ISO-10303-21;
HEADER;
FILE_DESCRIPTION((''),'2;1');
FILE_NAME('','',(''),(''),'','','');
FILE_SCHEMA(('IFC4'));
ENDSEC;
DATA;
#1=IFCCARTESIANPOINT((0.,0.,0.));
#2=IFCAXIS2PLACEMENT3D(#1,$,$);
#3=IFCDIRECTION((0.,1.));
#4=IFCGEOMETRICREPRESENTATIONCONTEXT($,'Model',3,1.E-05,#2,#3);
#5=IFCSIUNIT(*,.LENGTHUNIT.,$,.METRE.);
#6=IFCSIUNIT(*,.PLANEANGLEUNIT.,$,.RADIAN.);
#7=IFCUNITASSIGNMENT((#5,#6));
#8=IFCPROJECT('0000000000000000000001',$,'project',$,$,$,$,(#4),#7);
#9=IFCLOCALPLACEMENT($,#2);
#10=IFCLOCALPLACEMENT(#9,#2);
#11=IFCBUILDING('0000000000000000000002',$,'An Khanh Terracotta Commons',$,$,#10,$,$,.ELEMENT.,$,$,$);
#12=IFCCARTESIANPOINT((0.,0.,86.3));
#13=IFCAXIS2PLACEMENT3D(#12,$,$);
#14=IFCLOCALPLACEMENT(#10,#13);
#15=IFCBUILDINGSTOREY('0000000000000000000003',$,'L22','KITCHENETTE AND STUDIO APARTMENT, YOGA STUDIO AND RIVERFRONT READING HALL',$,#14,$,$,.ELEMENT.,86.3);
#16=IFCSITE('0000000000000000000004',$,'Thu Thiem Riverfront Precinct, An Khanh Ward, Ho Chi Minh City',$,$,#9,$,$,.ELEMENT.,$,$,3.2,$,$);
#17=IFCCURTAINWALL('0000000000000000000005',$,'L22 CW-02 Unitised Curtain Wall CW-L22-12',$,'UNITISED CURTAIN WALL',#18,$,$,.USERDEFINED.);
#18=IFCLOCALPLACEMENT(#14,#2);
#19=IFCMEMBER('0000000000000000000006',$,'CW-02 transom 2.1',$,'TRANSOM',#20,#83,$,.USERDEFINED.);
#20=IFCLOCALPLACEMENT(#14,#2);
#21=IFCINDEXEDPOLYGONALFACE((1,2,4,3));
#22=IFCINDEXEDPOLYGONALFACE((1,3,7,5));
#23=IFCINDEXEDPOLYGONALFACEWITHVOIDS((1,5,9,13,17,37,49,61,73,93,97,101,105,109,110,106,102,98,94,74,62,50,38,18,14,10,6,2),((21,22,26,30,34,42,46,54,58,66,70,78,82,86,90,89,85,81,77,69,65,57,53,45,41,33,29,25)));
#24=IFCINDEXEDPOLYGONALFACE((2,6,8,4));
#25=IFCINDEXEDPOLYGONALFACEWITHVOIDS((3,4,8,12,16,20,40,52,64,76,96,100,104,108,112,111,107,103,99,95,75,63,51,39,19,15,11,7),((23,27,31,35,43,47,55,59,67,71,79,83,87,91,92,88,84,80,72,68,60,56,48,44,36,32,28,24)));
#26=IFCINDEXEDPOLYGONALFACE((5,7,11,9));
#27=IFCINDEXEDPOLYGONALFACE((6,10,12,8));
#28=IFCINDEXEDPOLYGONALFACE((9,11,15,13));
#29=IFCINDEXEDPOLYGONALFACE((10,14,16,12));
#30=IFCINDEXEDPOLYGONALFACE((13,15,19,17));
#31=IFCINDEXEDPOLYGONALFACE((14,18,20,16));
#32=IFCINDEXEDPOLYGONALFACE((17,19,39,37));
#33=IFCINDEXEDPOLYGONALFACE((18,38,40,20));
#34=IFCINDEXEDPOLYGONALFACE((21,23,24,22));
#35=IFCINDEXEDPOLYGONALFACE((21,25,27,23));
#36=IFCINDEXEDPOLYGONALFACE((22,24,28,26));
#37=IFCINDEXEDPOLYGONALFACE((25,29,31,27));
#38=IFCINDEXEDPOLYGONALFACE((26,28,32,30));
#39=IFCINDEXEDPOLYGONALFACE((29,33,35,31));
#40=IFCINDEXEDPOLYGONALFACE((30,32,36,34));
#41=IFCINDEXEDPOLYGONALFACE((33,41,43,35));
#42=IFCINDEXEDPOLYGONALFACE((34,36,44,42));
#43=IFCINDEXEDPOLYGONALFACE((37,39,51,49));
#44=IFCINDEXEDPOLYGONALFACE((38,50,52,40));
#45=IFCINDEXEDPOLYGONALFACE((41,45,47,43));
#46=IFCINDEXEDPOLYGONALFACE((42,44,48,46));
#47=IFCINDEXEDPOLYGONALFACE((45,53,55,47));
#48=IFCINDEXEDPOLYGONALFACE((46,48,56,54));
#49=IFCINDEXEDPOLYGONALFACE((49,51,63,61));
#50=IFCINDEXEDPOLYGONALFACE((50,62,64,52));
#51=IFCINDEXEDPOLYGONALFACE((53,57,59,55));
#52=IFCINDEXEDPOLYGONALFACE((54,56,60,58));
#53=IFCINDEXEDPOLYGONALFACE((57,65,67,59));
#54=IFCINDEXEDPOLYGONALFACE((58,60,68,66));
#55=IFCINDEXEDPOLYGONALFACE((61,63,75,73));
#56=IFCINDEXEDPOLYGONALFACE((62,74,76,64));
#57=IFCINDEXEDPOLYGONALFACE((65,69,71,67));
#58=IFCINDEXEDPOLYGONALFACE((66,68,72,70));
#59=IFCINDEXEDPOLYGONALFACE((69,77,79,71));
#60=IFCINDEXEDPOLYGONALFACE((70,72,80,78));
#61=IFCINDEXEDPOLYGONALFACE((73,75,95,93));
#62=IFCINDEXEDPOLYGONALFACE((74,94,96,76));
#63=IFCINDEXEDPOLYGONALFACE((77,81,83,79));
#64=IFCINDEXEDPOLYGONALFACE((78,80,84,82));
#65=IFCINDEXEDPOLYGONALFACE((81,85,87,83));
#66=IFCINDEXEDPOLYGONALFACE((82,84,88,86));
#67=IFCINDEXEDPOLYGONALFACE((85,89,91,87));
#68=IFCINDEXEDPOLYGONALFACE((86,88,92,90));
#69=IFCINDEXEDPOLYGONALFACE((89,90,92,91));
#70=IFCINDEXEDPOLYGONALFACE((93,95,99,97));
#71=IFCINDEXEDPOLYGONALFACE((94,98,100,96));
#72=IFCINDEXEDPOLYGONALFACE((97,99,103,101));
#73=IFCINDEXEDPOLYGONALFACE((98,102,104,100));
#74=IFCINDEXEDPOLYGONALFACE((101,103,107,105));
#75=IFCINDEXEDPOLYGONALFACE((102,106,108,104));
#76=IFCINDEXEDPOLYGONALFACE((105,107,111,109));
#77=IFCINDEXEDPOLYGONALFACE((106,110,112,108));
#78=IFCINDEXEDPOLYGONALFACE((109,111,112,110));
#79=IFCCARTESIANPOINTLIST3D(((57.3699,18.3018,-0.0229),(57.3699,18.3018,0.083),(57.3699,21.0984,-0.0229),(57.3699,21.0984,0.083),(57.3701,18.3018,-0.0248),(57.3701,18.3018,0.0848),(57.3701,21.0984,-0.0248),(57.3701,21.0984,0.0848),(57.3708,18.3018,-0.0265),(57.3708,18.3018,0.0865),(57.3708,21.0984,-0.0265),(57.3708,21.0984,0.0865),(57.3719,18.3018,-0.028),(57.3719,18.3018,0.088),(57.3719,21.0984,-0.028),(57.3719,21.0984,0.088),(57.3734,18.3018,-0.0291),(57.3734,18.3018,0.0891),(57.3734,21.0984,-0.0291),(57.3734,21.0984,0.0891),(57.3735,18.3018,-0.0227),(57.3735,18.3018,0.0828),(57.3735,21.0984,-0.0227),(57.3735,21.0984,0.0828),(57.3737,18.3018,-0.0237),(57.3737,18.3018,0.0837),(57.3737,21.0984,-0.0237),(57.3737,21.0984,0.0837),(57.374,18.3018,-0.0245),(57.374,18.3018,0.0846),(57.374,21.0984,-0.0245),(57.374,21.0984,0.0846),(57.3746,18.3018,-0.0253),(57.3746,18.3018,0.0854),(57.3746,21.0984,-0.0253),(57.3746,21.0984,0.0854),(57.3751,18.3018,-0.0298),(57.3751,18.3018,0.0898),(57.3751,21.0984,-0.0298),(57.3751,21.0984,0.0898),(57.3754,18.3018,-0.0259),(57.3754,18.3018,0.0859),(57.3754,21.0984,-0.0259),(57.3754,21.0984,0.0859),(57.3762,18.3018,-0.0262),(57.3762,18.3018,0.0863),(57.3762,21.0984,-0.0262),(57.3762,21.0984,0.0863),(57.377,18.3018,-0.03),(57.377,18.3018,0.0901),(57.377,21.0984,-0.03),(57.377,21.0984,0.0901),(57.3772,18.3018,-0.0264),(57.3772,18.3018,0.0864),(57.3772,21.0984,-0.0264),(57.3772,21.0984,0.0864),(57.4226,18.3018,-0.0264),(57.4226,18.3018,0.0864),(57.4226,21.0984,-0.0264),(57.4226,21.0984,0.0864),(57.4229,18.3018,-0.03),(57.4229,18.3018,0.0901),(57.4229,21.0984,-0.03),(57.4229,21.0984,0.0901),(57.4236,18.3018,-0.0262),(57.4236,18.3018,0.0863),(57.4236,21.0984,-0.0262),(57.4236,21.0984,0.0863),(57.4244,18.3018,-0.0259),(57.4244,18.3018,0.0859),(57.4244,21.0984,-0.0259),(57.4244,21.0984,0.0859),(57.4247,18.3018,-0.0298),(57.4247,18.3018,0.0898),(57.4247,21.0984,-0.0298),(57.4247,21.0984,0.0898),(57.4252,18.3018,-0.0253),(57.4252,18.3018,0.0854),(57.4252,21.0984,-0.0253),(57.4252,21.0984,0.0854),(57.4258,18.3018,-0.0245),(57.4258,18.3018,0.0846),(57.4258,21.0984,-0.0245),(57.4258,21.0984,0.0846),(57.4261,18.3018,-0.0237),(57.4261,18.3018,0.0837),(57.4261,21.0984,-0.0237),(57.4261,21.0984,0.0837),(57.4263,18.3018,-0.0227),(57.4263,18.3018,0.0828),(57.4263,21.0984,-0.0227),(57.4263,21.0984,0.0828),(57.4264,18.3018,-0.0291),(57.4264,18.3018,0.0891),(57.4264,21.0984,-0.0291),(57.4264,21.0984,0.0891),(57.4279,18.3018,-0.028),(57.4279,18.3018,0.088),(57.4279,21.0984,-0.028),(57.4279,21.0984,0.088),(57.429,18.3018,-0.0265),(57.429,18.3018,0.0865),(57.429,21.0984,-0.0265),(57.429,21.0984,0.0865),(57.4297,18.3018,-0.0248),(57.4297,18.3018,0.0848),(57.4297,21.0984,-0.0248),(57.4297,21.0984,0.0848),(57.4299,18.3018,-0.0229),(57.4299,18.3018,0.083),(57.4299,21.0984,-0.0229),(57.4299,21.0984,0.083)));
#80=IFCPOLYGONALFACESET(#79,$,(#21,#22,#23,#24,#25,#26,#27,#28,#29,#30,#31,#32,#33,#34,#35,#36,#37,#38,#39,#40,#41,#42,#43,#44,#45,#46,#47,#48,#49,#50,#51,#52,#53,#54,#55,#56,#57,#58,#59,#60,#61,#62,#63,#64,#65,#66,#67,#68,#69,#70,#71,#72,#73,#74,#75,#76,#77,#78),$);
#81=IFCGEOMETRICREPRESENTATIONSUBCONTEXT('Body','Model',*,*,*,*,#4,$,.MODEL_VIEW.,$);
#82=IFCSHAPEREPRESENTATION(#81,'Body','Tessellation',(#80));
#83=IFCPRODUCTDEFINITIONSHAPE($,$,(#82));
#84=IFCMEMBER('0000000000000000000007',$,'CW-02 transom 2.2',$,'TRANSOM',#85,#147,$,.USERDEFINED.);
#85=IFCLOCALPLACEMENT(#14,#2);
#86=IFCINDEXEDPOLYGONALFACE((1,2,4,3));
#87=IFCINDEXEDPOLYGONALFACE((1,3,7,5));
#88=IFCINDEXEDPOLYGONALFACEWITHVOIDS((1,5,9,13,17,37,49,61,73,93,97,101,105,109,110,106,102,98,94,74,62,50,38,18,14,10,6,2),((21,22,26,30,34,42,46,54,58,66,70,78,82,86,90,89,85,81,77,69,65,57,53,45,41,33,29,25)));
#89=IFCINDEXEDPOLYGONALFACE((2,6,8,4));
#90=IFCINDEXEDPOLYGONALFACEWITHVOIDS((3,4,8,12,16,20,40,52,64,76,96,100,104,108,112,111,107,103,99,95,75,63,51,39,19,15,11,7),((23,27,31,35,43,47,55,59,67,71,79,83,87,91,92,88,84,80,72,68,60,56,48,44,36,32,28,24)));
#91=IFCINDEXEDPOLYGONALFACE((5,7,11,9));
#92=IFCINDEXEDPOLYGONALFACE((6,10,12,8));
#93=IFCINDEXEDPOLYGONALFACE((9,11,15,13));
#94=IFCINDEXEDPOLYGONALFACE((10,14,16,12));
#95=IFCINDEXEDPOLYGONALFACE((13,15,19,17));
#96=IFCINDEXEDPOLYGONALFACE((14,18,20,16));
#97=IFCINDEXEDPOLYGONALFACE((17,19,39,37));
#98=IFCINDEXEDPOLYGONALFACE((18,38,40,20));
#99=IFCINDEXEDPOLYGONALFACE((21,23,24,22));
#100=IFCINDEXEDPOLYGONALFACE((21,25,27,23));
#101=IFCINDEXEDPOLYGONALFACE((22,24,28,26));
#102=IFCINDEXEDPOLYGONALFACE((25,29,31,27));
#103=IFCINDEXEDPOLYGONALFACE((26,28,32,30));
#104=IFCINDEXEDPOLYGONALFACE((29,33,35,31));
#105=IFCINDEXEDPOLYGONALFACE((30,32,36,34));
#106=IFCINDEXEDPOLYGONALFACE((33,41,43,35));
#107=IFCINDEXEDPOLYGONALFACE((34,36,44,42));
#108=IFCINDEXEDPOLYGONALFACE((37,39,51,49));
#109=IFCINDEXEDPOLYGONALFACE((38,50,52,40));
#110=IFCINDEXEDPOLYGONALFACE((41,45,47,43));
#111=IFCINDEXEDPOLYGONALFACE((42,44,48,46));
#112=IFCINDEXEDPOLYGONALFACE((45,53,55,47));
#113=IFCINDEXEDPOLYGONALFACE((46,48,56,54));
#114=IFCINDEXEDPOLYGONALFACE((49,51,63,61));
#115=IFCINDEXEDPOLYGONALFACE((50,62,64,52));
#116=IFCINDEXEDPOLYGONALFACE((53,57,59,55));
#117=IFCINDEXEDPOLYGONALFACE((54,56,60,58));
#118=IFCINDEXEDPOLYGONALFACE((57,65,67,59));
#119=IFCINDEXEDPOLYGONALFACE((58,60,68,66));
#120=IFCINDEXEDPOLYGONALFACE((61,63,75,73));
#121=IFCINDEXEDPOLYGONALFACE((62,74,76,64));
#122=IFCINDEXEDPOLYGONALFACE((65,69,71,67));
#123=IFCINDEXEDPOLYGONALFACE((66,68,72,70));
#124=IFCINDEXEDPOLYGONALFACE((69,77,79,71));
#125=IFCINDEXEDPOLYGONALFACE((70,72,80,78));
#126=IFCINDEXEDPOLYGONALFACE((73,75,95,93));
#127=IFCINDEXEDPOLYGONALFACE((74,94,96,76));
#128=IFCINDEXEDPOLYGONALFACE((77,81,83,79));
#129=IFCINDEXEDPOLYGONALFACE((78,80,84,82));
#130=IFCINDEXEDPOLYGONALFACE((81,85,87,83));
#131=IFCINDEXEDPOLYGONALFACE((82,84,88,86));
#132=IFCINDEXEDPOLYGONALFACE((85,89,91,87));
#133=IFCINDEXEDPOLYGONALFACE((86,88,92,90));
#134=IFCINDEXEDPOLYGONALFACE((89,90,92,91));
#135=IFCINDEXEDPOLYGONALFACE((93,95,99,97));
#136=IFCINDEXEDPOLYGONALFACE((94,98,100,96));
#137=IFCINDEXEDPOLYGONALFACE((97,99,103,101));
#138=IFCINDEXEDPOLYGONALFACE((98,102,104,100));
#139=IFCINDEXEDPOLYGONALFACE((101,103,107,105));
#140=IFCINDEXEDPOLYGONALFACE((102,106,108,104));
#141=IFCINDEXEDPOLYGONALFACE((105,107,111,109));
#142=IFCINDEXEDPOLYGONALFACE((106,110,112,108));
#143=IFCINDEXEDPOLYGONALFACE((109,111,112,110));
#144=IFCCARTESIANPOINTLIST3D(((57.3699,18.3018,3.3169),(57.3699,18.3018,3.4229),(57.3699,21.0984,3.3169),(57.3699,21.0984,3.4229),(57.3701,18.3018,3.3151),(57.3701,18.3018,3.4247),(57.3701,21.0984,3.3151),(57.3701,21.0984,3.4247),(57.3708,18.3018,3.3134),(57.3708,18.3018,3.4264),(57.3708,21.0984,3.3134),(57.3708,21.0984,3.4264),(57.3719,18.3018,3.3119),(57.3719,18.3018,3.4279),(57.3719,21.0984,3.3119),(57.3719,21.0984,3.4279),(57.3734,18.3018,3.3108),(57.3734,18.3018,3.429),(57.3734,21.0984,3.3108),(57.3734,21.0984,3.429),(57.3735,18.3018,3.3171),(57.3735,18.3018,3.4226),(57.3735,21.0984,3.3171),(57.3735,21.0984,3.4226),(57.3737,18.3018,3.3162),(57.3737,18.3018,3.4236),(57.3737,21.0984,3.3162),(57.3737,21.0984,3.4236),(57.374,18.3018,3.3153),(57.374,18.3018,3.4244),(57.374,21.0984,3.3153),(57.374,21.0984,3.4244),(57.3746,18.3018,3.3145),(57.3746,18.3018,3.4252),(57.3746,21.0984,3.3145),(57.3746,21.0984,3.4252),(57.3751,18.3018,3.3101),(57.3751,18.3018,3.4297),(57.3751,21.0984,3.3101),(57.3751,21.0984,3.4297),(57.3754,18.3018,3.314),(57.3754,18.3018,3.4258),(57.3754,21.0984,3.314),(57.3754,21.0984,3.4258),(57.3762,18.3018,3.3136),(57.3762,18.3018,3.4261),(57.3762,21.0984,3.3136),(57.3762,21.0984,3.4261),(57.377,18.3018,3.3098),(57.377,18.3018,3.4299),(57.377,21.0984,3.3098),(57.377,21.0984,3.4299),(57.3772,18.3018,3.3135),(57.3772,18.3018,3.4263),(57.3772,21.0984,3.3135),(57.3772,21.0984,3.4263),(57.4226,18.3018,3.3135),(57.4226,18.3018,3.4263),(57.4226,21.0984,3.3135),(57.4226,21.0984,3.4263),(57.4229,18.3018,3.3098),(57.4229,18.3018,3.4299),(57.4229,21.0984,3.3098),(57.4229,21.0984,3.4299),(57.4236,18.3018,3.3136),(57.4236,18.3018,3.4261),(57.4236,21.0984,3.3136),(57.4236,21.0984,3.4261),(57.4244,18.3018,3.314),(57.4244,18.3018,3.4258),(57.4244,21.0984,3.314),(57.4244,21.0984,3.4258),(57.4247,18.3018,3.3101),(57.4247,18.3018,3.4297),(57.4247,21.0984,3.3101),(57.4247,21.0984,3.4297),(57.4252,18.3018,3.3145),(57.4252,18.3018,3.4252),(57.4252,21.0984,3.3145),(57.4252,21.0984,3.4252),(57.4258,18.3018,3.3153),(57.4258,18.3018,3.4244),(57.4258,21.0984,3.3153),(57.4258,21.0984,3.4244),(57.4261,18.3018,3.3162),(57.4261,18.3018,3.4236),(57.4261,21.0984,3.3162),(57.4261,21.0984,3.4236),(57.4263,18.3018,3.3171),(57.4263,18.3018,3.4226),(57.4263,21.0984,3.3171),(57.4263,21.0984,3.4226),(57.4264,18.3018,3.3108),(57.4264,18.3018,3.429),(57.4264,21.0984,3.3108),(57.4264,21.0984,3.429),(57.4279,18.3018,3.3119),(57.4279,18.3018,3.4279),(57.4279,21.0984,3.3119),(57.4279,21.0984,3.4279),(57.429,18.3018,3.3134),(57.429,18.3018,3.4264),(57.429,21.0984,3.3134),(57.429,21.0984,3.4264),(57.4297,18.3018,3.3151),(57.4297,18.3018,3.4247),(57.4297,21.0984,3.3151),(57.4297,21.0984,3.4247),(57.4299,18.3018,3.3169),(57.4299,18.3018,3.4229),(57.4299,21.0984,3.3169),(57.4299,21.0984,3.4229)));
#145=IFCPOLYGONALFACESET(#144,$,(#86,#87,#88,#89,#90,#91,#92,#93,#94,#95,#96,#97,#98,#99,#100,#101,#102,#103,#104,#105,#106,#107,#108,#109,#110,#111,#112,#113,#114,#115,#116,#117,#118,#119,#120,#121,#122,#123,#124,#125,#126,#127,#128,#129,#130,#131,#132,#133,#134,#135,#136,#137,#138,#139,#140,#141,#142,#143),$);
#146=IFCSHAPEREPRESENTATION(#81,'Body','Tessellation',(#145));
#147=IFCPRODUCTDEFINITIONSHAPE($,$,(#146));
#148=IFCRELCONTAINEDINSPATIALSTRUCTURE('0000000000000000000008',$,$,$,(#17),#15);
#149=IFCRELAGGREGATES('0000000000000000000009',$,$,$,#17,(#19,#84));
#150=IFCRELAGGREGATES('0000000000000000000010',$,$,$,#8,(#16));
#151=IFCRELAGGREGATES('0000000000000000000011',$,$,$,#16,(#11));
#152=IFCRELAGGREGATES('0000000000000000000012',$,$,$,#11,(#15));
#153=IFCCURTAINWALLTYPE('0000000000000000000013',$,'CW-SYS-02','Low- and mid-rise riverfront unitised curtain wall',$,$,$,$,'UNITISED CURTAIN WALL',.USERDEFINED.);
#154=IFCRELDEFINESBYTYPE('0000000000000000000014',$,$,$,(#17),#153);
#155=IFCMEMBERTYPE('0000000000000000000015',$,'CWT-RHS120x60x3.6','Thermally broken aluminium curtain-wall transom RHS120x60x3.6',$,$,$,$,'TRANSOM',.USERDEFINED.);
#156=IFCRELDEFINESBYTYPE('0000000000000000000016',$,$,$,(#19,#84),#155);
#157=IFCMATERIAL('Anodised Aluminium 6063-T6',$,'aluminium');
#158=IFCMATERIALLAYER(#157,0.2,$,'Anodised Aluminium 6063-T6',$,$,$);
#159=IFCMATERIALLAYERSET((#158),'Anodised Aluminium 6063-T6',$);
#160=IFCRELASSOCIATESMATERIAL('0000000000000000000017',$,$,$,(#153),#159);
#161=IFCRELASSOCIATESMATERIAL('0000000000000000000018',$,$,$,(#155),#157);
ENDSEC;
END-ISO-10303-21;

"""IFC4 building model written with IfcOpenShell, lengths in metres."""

from ifc_helpers import new_model, si_unit, direction, frame, origin, origin_2d, place, context, subcontext, project, spatial, hollow_rectangle, extrude, material, layer, layer_set, material_profile, profile_set, type_object, element, aggregate, save


model = new_model("IFC4")

# Units and contexts
model_context = context("Model", 3, precision=1e-05, world=origin(), true_north=direction((0.0, 1.0)))
body_context = subcontext(model_context, "Body", "Model", "MODEL_VIEW")
ifc_project = project(units=[si_unit("LENGTHUNIT", "METRE"), si_unit("PLANEANGLEUNIT", "RADIAN")], contexts=[model_context])

# Site, building, storey
site_placement = place(None, origin())
site = spatial("IfcSite", under=ifc_project, at=site_placement, Name="Thu Thiem Riverfront Precinct, An Khanh Ward, Ho Chi Minh City", CompositionType="ELEMENT", RefElevation=3.2)
building_placement = place(site_placement, origin())
building = spatial("IfcBuilding", under=site, at=building_placement, Name="An Khanh Terracotta Commons", CompositionType="ELEMENT")
storey_placement = place(building_placement, frame((0.0, 0.0, 86.3)))
storey = spatial("IfcBuildingStorey", under=building, at=storey_placement, Name="L22", Description="KITCHENETTE AND STUDIO APARTMENT, YOGA STUDIO AND RIVERFRONT READING HALL", CompositionType="ELEMENT", Elevation=86.3)

# Curtain wall
ifc_material_1 = material(Name="Anodised Aluminium 6063-T6", Category="aluminium")
ifc_layer_1 = layer(ifc_material_1, 0.2, Name="Anodised Aluminium 6063-T6")
ifc_layer_set_1 = layer_set([ifc_layer_1], Name="Anodised Aluminium 6063-T6")
curtain_wall_type = type_object("IfcCurtainWallType", Name="CW-SYS-02", Description="Low- and mid-rise riverfront unitised curtain wall", ElementType="UNITISED CURTAIN WALL", PredefinedType="USERDEFINED", material=ifc_layer_set_1)
curtain_wall_1_placement = place(storey_placement, origin())
curtain_wall_1 = element("IfcCurtainWall", 1, at=curtain_wall_1_placement, inside=storey, type_object=curtain_wall_type, Name="L22 CW-02 Unitised Curtain Wall CW-L22-12", ObjectType="UNITISED CURTAIN WALL", PredefinedType="USERDEFINED")

# Members
ifc_material_profile_1 = material_profile(ifc_material_1, hollow_rectangle(XDim=0.0601, YDim=0.1201, WallThickness=0.0037, InnerFilletRadius=0.0037, OuterFilletRadius=0.0071, at=origin_2d()), Name="RHS120x60x3.6")
ifc_profile_set_1 = profile_set([ifc_material_profile_1], Name="Anodised Aluminium 6063-T6")
member_type_1 = type_object("IfcMemberType", Name="CWT-RHS120x60x3.6", Description="Thermally broken aluminium curtain-wall transom RHS120x60x3.6", ElementType="TRANSOM", PredefinedType="USERDEFINED", material=ifc_profile_set_1)
member_1_placement = place(storey_placement, frame((57.3999, 18.3018, 0.03), z_axis=(0.0, 1.0, 0.0), x_axis=(-1.0, 0.0, 0.0)))
member_1 = element("IfcMember", 2, at=member_1_placement, type_object=member_type_1, Name="CW-02 transom 2.1", ObjectType="TRANSOM", PredefinedType="USERDEFINED", context=body_context, shape_type="SweptSolid", body=[
    extrude(hollow_rectangle(XDim=0.0601, YDim=0.1201, WallThickness=0.0037, InnerFilletRadius=0.0037, OuterFilletRadius=0.0071, at=origin_2d()), origin(), (0.0, 0.0, 1.0), 2.7966),
])
member_2_placement = place(storey_placement, frame((57.3999, 18.3018, 3.3699), z_axis=(0.0, 1.0, 0.0), x_axis=(-1.0, 0.0, 0.0)))
member_2 = element("IfcMember", 3, at=member_2_placement, type_object=member_type_1, Name="CW-02 transom 2.2", ObjectType="TRANSOM", PredefinedType="USERDEFINED", context=body_context, shape_type="SweptSolid", body=[
    extrude(hollow_rectangle(XDim=0.0601, YDim=0.1201, WallThickness=0.0037, InnerFilletRadius=0.0037, OuterFilletRadius=0.0071, at=origin_2d()), origin(), (0.0, 0.0, 1.0), 2.7966),
])

aggregate(curtain_wall_1, [member_1, member_2])

save(model, "model.ifc")
